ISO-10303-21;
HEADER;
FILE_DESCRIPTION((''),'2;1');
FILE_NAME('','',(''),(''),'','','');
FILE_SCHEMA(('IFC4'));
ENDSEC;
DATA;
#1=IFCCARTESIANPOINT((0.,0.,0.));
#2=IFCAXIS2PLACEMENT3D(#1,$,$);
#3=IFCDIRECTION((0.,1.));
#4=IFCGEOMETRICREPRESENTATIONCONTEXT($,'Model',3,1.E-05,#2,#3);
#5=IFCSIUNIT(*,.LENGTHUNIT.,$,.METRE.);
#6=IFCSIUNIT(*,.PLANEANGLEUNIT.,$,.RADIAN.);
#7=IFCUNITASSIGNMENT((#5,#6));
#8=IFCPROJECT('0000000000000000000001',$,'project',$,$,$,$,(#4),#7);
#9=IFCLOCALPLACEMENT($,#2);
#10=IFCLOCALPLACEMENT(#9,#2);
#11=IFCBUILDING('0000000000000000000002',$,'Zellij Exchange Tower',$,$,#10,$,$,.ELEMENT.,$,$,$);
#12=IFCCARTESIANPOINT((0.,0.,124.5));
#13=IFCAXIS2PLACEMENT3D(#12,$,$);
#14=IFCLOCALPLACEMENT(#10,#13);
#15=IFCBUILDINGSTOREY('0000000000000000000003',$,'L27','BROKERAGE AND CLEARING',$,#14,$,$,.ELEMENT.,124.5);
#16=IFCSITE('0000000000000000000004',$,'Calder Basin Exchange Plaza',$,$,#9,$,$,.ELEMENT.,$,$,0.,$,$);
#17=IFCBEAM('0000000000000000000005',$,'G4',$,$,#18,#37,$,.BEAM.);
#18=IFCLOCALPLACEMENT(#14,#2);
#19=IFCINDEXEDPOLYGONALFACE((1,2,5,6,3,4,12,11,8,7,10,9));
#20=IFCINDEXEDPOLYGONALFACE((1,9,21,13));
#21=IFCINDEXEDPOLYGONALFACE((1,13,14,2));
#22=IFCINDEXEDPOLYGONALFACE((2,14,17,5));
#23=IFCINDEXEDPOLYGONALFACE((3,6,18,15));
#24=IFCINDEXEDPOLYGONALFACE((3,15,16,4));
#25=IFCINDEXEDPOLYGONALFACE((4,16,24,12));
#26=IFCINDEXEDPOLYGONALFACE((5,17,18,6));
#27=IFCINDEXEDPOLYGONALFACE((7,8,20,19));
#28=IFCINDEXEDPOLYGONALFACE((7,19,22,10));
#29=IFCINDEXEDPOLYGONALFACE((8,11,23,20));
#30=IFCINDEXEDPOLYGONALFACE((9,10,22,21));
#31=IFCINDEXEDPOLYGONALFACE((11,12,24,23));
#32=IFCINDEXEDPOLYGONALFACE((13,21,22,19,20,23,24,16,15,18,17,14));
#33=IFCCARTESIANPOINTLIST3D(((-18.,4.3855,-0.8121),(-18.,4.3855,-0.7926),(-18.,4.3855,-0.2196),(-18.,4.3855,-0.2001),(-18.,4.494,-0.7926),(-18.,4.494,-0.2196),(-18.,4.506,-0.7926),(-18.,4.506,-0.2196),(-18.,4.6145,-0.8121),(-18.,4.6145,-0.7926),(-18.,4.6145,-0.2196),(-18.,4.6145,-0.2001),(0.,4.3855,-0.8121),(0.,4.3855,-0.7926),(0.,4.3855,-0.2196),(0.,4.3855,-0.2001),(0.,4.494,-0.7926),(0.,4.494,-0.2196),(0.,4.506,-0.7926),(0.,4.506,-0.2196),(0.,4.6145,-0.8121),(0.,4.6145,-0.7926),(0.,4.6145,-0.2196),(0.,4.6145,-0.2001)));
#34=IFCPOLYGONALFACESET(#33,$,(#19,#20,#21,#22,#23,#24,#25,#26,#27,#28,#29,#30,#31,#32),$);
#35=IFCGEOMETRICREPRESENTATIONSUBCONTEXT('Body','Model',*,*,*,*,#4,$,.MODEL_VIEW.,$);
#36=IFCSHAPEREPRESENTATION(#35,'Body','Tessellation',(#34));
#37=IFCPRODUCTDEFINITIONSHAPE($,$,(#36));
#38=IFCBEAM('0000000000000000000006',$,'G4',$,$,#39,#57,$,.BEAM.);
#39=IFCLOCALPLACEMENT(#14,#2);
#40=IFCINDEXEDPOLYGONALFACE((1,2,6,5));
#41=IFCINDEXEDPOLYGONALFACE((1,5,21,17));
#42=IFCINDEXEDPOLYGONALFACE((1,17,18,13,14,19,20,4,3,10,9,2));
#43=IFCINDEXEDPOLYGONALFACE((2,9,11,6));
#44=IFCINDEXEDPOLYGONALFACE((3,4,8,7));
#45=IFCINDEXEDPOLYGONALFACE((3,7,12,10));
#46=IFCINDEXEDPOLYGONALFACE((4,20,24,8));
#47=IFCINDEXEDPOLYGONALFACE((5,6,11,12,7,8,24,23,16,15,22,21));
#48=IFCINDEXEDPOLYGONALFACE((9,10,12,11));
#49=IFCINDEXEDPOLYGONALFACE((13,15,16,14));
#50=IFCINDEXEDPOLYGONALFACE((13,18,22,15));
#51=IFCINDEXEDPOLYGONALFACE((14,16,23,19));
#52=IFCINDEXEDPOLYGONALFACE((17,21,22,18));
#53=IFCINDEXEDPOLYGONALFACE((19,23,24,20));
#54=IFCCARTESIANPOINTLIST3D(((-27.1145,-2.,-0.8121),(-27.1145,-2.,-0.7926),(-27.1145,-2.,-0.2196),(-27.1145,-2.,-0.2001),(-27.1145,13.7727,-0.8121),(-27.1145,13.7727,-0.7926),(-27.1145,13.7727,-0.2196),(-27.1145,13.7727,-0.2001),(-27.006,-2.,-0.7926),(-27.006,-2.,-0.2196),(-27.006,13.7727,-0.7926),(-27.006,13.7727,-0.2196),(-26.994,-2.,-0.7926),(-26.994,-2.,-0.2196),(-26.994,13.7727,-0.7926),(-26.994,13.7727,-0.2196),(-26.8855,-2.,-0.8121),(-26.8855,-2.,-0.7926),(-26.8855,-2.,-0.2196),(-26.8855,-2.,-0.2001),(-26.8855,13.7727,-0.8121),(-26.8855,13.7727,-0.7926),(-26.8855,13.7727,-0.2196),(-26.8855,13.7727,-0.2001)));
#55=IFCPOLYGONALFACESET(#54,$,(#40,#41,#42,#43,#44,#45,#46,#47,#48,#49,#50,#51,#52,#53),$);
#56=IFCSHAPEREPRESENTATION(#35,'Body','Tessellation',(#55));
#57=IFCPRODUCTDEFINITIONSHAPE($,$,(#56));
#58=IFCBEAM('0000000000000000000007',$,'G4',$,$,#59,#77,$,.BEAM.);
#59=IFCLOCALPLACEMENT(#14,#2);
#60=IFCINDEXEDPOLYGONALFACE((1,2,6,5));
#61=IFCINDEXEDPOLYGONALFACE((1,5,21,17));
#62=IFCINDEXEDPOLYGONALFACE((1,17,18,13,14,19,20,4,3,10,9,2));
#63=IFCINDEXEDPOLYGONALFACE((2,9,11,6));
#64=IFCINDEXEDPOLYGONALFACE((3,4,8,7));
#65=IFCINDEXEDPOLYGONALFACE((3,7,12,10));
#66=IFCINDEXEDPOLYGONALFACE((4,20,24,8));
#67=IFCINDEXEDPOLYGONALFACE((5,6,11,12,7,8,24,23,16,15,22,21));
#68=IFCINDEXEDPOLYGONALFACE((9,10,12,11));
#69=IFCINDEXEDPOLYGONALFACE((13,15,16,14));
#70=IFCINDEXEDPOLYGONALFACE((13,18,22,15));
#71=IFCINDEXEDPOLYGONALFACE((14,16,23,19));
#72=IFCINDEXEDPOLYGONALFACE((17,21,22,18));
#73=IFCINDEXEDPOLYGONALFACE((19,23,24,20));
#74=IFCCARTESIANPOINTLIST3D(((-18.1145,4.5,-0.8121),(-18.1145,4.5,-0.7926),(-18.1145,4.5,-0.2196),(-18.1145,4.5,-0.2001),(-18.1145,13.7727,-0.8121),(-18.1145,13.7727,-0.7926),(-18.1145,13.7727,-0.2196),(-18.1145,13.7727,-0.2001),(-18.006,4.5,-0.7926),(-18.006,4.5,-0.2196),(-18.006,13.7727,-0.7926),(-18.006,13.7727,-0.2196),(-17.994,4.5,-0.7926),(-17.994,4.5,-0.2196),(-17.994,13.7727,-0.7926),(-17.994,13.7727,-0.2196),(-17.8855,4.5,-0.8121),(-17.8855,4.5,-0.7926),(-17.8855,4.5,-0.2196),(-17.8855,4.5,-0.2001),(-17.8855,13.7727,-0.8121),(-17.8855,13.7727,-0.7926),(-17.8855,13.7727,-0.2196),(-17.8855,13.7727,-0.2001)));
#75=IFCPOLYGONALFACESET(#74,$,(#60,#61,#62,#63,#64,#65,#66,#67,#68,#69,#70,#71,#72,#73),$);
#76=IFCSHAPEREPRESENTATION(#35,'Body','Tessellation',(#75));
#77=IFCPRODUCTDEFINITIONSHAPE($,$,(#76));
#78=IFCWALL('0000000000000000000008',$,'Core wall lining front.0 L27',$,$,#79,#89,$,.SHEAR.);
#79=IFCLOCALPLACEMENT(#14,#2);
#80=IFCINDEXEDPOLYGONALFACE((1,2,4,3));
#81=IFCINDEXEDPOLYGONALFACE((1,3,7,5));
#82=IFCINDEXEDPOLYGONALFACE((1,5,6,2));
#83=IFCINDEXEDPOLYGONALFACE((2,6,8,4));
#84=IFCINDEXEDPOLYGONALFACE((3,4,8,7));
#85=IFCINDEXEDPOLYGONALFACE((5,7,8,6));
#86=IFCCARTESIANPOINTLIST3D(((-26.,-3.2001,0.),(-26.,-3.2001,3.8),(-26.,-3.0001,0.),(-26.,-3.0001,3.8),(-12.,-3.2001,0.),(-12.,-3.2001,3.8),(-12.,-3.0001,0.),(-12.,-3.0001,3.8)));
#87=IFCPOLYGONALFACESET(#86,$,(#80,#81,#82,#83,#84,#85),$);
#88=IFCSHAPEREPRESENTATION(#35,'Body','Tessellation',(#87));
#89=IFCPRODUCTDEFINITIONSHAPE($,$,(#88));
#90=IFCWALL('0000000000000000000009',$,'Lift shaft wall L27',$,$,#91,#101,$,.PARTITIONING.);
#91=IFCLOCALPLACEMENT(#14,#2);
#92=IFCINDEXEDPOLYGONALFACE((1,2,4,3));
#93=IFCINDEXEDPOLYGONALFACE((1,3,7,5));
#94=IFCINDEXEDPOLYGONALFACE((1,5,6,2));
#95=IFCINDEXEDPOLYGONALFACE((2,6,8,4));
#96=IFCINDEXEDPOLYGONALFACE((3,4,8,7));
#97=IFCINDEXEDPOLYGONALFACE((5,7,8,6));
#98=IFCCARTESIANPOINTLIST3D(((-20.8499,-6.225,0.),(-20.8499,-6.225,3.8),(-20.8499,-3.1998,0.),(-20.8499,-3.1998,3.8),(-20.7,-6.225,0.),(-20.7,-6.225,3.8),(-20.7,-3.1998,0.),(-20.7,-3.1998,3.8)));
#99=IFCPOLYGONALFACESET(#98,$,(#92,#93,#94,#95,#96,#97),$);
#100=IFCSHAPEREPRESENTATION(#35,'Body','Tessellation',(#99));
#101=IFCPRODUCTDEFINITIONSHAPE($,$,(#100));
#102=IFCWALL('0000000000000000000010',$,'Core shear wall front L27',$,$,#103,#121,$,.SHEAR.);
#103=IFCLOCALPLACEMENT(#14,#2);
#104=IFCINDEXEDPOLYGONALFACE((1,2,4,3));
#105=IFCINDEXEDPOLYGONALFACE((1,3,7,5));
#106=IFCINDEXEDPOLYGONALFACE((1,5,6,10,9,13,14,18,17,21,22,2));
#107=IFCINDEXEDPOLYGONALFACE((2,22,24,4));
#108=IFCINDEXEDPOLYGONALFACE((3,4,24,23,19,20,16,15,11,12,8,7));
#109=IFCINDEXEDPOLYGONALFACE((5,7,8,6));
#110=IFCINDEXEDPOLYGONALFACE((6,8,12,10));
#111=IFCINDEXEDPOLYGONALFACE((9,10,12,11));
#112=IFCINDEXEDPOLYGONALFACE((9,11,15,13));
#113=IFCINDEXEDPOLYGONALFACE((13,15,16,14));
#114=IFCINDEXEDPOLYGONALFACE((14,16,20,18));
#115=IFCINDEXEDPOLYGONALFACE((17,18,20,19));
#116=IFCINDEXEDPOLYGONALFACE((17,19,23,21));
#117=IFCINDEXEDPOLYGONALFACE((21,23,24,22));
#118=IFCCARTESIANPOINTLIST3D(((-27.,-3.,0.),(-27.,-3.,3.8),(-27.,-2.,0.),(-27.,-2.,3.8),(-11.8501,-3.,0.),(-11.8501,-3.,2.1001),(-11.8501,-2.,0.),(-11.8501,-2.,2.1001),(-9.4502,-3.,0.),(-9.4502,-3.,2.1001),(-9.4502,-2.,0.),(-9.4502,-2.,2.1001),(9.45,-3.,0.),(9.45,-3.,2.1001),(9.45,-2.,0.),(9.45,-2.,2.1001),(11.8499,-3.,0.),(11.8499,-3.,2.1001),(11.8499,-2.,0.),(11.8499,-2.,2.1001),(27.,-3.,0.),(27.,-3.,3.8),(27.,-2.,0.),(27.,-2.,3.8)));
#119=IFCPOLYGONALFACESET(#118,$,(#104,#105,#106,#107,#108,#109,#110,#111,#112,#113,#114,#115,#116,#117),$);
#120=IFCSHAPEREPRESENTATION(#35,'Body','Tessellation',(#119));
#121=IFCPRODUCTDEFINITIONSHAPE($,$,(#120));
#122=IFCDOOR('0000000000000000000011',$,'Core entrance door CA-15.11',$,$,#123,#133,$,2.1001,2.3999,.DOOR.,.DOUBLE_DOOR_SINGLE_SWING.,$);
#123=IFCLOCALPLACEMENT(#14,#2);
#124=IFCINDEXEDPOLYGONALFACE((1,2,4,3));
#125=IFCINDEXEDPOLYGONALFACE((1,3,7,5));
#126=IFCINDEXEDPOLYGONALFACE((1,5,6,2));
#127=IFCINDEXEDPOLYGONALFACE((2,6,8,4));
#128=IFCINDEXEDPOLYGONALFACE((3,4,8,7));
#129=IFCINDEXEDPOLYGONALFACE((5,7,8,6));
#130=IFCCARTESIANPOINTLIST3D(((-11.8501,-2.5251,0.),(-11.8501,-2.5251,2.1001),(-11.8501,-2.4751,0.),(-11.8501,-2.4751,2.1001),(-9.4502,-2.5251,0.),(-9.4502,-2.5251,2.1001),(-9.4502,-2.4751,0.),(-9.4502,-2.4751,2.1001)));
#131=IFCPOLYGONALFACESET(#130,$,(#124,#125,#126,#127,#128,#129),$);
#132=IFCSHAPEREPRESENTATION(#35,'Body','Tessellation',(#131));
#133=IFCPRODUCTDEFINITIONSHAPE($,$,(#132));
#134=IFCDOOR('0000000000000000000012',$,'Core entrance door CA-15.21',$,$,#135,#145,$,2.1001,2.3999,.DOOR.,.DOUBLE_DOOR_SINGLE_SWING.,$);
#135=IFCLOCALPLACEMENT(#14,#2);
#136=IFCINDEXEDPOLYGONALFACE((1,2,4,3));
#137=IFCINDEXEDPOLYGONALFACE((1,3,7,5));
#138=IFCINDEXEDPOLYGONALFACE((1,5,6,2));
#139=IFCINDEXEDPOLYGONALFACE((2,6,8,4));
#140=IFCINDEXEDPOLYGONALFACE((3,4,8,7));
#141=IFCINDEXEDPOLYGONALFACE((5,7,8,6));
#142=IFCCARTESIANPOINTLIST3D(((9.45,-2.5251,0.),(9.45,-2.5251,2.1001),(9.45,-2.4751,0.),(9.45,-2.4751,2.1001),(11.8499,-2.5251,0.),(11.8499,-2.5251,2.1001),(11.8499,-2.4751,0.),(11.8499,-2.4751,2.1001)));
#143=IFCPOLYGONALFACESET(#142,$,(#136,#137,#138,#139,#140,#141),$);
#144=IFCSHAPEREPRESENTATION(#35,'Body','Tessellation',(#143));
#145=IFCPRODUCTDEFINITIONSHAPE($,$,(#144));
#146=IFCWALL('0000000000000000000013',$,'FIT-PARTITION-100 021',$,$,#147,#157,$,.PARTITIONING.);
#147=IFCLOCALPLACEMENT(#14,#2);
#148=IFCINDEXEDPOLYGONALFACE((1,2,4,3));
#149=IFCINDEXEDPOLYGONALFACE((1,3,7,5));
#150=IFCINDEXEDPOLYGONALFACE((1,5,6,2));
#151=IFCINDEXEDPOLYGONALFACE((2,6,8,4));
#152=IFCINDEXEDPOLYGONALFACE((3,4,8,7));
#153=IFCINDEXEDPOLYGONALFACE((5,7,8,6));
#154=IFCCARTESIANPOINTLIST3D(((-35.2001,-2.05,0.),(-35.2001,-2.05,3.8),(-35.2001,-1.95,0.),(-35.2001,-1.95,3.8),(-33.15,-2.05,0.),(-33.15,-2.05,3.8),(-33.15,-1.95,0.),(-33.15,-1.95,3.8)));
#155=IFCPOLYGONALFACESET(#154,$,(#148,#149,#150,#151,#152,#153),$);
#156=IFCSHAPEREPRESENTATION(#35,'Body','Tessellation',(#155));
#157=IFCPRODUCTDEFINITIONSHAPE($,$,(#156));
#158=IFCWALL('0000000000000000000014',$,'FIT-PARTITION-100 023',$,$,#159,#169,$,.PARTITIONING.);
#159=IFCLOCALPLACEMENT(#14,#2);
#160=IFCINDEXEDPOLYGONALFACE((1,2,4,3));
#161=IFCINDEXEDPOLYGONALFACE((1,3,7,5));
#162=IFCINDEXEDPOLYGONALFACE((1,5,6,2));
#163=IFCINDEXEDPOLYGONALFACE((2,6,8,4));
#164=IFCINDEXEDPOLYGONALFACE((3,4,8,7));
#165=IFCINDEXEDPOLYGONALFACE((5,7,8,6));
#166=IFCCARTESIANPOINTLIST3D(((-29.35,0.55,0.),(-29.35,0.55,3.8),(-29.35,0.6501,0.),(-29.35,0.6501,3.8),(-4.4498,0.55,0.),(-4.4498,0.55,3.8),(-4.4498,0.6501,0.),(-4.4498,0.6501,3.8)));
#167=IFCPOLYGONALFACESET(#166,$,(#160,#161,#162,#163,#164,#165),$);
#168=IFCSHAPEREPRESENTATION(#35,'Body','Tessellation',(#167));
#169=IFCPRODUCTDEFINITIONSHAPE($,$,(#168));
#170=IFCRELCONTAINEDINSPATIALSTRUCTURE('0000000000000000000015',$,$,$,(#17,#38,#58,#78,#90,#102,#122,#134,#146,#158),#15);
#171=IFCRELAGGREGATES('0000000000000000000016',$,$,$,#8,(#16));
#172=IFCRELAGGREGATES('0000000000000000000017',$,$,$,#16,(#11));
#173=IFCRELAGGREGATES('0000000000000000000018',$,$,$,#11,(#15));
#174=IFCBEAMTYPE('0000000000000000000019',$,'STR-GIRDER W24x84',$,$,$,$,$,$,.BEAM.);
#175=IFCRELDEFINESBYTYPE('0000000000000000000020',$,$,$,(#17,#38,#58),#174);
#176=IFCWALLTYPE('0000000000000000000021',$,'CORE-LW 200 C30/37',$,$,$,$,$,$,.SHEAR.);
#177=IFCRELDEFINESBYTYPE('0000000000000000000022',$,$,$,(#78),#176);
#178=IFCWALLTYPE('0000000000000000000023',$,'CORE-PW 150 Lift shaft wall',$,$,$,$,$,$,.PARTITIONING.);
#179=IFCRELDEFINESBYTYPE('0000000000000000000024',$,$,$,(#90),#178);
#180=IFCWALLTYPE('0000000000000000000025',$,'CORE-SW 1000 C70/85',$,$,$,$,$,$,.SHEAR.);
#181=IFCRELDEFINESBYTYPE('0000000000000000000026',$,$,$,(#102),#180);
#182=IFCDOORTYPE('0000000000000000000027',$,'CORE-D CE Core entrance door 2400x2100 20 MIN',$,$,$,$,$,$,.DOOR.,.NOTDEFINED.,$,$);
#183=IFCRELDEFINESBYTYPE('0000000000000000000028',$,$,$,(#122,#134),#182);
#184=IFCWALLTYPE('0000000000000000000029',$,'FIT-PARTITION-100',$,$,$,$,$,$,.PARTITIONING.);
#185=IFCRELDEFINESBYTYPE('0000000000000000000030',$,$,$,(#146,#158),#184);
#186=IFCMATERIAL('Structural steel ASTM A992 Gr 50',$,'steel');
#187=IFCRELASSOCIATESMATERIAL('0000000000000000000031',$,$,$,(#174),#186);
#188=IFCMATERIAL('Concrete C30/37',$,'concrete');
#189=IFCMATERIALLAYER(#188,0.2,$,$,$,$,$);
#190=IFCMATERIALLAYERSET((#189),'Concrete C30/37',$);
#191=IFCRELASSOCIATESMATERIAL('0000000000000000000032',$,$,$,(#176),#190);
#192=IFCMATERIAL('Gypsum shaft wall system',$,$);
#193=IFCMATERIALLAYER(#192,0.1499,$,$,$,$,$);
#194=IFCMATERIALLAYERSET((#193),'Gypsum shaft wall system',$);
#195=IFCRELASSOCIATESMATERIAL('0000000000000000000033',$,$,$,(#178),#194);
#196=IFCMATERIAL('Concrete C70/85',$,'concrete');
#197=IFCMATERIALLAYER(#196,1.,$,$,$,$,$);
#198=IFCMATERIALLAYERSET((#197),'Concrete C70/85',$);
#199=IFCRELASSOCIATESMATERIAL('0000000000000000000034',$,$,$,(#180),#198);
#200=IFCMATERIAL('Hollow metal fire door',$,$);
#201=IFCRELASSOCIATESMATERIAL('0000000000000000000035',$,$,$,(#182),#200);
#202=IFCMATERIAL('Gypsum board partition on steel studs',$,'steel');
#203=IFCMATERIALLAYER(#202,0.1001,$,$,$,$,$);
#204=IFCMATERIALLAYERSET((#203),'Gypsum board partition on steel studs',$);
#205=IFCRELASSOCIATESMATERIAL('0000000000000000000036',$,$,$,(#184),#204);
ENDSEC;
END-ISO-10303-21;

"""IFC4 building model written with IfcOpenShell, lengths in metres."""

from ifc_helpers import new_model, si_unit, direction, frame, frame_2d, origin, origin_2d, place, context, subcontext, project, spatial, rectangle, i_section, extrude, material, layer, layer_set, material_profile, profile_set, type_object, element, fill, save


model = new_model("IFC4")

# Units and contexts
model_context = context("Model", 3, precision=1e-05, world=origin(), true_north=direction((0.0, 1.0)))
body_context = subcontext(model_context, "Body", "Model", "MODEL_VIEW")
ifc_project = project(units=[si_unit("LENGTHUNIT", "METRE"), si_unit("PLANEANGLEUNIT", "RADIAN")], contexts=[model_context])

# Site, building, storey
site_placement = place(None, origin())
site = spatial("IfcSite", under=ifc_project, at=site_placement, Name="Calder Basin Exchange Plaza", CompositionType="ELEMENT", RefElevation=0.0)
building_placement = place(site_placement, origin())
building = spatial("IfcBuilding", under=site, at=building_placement, Name="Zellij Exchange Tower", CompositionType="ELEMENT")
storey_placement = place(building_placement, frame((0.0, 0.0, 124.5)))
storey = spatial("IfcBuildingStorey", under=building, at=storey_placement, Name="L27", Description="BROKERAGE AND CLEARING", CompositionType="ELEMENT", Elevation=124.5)

# Shared definitions
ifc_material_1 = material(Name="Concrete C70/85", Category="concrete")

# Beams
ifc_material_2 = material(Name="Structural steel ASTM A992 Gr 50", Category="steel")
ifc_material_profile_1 = material_profile(ifc_material_2, i_section(OverallWidth=0.229, OverallDepth=0.6121, WebThickness=0.012, FlangeThickness=0.0195, at=origin_2d()), Name="W24x84")
ifc_profile_set_1 = profile_set([ifc_material_profile_1], Name="Structural steel ASTM A992 Gr 50")
beam_type_1 = type_object("IfcBeamType", Name="STR-GIRDER W24x84", PredefinedType="BEAM", material=ifc_profile_set_1)
beam_1_placement = place(storey_placement, frame((-18.0, 4.5, -0.5061), z_axis=(1.0, 0.0, 0.0), x_axis=(0.0, 1.0, 0.0)))
element("IfcBeam", 1, at=beam_1_placement, inside=storey, type_object=beam_type_1, Name="G4", PredefinedType="BEAM", context=body_context, shape_type="SweptSolid", body=[
    extrude(i_section(OverallWidth=0.229, OverallDepth=0.6121, WebThickness=0.012, FlangeThickness=0.0195, at=origin_2d()), origin(), (0.0, 0.0, 1.0), 18.0),
])
beam_2_placement = place(storey_placement, frame((-27.0, -2.0, -0.5061), z_axis=(0.0, 1.0, 0.0), x_axis=(-1.0, 0.0, 0.0)))
element("IfcBeam", 2, at=beam_2_placement, inside=storey, type_object=beam_type_1, Name="G4", PredefinedType="BEAM", context=body_context, shape_type="SweptSolid", body=[
    extrude(i_section(OverallWidth=0.229, OverallDepth=0.6121, WebThickness=0.012, FlangeThickness=0.0195, at=origin_2d()), origin(), (0.0, 0.0, 1.0), 15.7727),
])
beam_3_placement = place(storey_placement, frame((-18.0, 4.5, -0.5061), z_axis=(0.0, 1.0, 0.0), x_axis=(-1.0, 0.0, 0.0)))
element("IfcBeam", 3, at=beam_3_placement, inside=storey, type_object=beam_type_1, Name="G4", PredefinedType="BEAM", context=body_context, shape_type="SweptSolid", body=[
    extrude(i_section(OverallWidth=0.229, OverallDepth=0.6121, WebThickness=0.012, FlangeThickness=0.0195, at=origin_2d()), origin(), (0.0, 0.0, 1.0), 9.2727),
])

# Walls
ifc_material_3 = material(Name="Concrete C30/37", Category="concrete")
ifc_layer_1 = layer(ifc_material_3, 0.2)
ifc_layer_set_1 = layer_set([ifc_layer_1], Name="Concrete C30/37")
wall_type_1 = type_object("IfcWallType", Name="CORE-LW 200 C30/37", PredefinedType="SHEAR", material=ifc_layer_set_1)
wall_1_placement = place(storey_placement, frame((-26.0, -3.1001, 0.0), z_axis=(0.0, 0.0, 1.0), x_axis=(1.0, 0.0, 0.0)))
element("IfcWall", 4, at=wall_1_placement, inside=storey, type_object=wall_type_1, Name="Core wall lining front.0 L27", PredefinedType="SHEAR", context=body_context, shape_type="SweptSolid", body=[
    extrude(rectangle(XDim=14.0, YDim=0.2, at=frame_2d((7.0, 0.0))), origin(), (0.0, 0.0, 1.0), 3.8),
])
ifc_material_4 = material(Name="Gypsum shaft wall system")
ifc_layer_2 = layer(ifc_material_4, 0.1499)
ifc_layer_set_2 = layer_set([ifc_layer_2], Name="Gypsum shaft wall system")
wall_type_2 = type_object("IfcWallType", Name="CORE-PW 150 Lift shaft wall", PredefinedType="PARTITIONING", material=ifc_layer_set_2)
wall_2_placement = place(storey_placement, frame((-20.7749, -6.2251, 0.0), z_axis=(0.0, 0.0, 1.0), x_axis=(0.0, 1.0, 0.0)))
element("IfcWall", 5, at=wall_2_placement, inside=storey, type_object=wall_type_2, Name="Lift shaft wall L27", PredefinedType="PARTITIONING", context=body_context, shape_type="SweptSolid", body=[
    extrude(rectangle(XDim=3.0251, YDim=0.1499, at=frame_2d((1.5127, 0.0))), origin(), (0.0, 0.0, 1.0), 3.8),
])

# Wall, openings, doors
ifc_layer_3 = layer(ifc_material_1, 1.0)
ifc_layer_set_3 = layer_set([ifc_layer_3], Name="Concrete C70/85")
wall_type_3 = type_object("IfcWallType", Name="CORE-SW 1000 C70/85", PredefinedType="SHEAR", material=ifc_layer_set_3)
wall_3_placement = place(storey_placement, frame((-27.0, -2.5, 0.0), z_axis=(0.0, 0.0, 1.0), x_axis=(1.0, 0.0, 0.0)))
wall_3 = element("IfcWall", 6, at=wall_3_placement, inside=storey, type_object=wall_type_3, Name="Core shear wall front L27", PredefinedType="SHEAR", context=body_context, shape_type="SweptSolid", body=[
    extrude(rectangle(XDim=54.0, YDim=1.0, at=frame_2d((27.0, 0.0))), origin(), (0.0, 0.0, 1.0), 3.8),
])
opening_1_placement = place(wall_3_placement, frame((15.1499, 0.0, 0.0)))
opening_1 = element("IfcOpeningElement", 7, at=opening_1_placement, cuts=wall_3, PredefinedType="OPENING", context=body_context, shape_type="SweptSolid", body=[
    extrude(rectangle(XDim=2.3999, YDim=2.1001, at=frame_2d((1.2, 1.05))), frame((0.0, 0.512, 0.0), z_axis=(0.0, -1.0, 0.0), x_axis=(1.0, 0.0, 0.0)), (0.0, 0.0, 1.0), 1.0239),
])
opening_2_placement = place(wall_3_placement, frame((36.45, 0.0, 0.0)))
opening_2 = element("IfcOpeningElement", 8, at=opening_2_placement, cuts=wall_3, PredefinedType="OPENING", context=body_context, shape_type="SweptSolid", body=[
    extrude(rectangle(XDim=2.3999, YDim=2.1001, at=frame_2d((1.2, 1.05))), frame((0.0, 0.512, 0.0), z_axis=(0.0, -1.0, 0.0), x_axis=(1.0, 0.0, 0.0)), (0.0, 0.0, 1.0), 1.0239),
])
ifc_material_5 = material(Name="Hollow metal fire door")
door_type_1 = type_object("IfcDoorType", Name="CORE-D CE Core entrance door 2400x2100 20 MIN", OperationType="NOTDEFINED", PredefinedType="DOOR", material=ifc_material_5)
door_1_placement = place(opening_1_placement, origin())
door_1 = element("IfcDoor", 9, at=door_1_placement, inside=storey, type_object=door_type_1, Name="Core entrance door CA-15.11", OperationType="DOUBLE_DOOR_SINGLE_SWING", OverallHeight=2.1001, OverallWidth=2.3999, PredefinedType="DOOR", context=body_context, shape_type="SweptSolid", body=[
    extrude(rectangle(XDim=2.3999, YDim=2.1001, at=frame_2d((1.2, 1.05))), frame((0.0, 0.0249, 0.0), z_axis=(0.0, -1.0, 0.0), x_axis=(1.0, 0.0, 0.0)), (0.0, 0.0, 1.0), 0.05),
])
fill(opening_1, door_1)
door_2_placement = place(opening_2_placement, origin())
door_2 = element("IfcDoor", 10, at=door_2_placement, inside=storey, type_object=door_type_1, Name="Core entrance door CA-15.21", OperationType="DOUBLE_DOOR_SINGLE_SWING", OverallHeight=2.1001, OverallWidth=2.3999, PredefinedType="DOOR", context=body_context, shape_type="SweptSolid", body=[
    extrude(rectangle(XDim=2.3999, YDim=2.1001, at=frame_2d((1.2, 1.05))), frame((0.0, 0.0249, 0.0), z_axis=(0.0, -1.0, 0.0), x_axis=(1.0, 0.0, 0.0)), (0.0, 0.0, 1.0), 0.05),
])
fill(opening_2, door_2)

# Walls
ifc_material_6 = material(Name="Gypsum board partition on steel studs", Category="steel")
ifc_layer_4 = layer(ifc_material_6, 0.1001)
ifc_layer_set_4 = layer_set([ifc_layer_4], Name="Gypsum board partition on steel studs")
wall_type_4 = type_object("IfcWallType", Name="FIT-PARTITION-100", PredefinedType="PARTITIONING", material=ifc_layer_set_4)
wall_4_placement = place(storey_placement, frame((-35.2, -2.0, 0.0), z_axis=(0.0, 0.0, 1.0), x_axis=(1.0, 0.0, 0.0)))
element("IfcWall", 11, at=wall_4_placement, inside=storey, type_object=wall_type_4, Name="FIT-PARTITION-100 021", PredefinedType="PARTITIONING", context=body_context, shape_type="SweptSolid", body=[
    extrude(rectangle(XDim=2.05, YDim=0.1001, at=frame_2d((1.0249, 0.0))), origin(), (0.0, 0.0, 1.0), 3.8),
])
wall_5_placement = place(storey_placement, frame((-29.3501, 0.6001, 0.0), z_axis=(0.0, 0.0, 1.0), x_axis=(1.0, 0.0, 0.0)))
element("IfcWall", 12, at=wall_5_placement, inside=storey, type_object=wall_type_4, Name="FIT-PARTITION-100 023", PredefinedType="PARTITIONING", context=body_context, shape_type="SweptSolid", body=[
    extrude(rectangle(XDim=24.9001, YDim=0.1001, at=frame_2d((12.4502, 0.0))), origin(), (0.0, 0.0, 1.0), 3.8),
])

save(model, "model.ifc")
